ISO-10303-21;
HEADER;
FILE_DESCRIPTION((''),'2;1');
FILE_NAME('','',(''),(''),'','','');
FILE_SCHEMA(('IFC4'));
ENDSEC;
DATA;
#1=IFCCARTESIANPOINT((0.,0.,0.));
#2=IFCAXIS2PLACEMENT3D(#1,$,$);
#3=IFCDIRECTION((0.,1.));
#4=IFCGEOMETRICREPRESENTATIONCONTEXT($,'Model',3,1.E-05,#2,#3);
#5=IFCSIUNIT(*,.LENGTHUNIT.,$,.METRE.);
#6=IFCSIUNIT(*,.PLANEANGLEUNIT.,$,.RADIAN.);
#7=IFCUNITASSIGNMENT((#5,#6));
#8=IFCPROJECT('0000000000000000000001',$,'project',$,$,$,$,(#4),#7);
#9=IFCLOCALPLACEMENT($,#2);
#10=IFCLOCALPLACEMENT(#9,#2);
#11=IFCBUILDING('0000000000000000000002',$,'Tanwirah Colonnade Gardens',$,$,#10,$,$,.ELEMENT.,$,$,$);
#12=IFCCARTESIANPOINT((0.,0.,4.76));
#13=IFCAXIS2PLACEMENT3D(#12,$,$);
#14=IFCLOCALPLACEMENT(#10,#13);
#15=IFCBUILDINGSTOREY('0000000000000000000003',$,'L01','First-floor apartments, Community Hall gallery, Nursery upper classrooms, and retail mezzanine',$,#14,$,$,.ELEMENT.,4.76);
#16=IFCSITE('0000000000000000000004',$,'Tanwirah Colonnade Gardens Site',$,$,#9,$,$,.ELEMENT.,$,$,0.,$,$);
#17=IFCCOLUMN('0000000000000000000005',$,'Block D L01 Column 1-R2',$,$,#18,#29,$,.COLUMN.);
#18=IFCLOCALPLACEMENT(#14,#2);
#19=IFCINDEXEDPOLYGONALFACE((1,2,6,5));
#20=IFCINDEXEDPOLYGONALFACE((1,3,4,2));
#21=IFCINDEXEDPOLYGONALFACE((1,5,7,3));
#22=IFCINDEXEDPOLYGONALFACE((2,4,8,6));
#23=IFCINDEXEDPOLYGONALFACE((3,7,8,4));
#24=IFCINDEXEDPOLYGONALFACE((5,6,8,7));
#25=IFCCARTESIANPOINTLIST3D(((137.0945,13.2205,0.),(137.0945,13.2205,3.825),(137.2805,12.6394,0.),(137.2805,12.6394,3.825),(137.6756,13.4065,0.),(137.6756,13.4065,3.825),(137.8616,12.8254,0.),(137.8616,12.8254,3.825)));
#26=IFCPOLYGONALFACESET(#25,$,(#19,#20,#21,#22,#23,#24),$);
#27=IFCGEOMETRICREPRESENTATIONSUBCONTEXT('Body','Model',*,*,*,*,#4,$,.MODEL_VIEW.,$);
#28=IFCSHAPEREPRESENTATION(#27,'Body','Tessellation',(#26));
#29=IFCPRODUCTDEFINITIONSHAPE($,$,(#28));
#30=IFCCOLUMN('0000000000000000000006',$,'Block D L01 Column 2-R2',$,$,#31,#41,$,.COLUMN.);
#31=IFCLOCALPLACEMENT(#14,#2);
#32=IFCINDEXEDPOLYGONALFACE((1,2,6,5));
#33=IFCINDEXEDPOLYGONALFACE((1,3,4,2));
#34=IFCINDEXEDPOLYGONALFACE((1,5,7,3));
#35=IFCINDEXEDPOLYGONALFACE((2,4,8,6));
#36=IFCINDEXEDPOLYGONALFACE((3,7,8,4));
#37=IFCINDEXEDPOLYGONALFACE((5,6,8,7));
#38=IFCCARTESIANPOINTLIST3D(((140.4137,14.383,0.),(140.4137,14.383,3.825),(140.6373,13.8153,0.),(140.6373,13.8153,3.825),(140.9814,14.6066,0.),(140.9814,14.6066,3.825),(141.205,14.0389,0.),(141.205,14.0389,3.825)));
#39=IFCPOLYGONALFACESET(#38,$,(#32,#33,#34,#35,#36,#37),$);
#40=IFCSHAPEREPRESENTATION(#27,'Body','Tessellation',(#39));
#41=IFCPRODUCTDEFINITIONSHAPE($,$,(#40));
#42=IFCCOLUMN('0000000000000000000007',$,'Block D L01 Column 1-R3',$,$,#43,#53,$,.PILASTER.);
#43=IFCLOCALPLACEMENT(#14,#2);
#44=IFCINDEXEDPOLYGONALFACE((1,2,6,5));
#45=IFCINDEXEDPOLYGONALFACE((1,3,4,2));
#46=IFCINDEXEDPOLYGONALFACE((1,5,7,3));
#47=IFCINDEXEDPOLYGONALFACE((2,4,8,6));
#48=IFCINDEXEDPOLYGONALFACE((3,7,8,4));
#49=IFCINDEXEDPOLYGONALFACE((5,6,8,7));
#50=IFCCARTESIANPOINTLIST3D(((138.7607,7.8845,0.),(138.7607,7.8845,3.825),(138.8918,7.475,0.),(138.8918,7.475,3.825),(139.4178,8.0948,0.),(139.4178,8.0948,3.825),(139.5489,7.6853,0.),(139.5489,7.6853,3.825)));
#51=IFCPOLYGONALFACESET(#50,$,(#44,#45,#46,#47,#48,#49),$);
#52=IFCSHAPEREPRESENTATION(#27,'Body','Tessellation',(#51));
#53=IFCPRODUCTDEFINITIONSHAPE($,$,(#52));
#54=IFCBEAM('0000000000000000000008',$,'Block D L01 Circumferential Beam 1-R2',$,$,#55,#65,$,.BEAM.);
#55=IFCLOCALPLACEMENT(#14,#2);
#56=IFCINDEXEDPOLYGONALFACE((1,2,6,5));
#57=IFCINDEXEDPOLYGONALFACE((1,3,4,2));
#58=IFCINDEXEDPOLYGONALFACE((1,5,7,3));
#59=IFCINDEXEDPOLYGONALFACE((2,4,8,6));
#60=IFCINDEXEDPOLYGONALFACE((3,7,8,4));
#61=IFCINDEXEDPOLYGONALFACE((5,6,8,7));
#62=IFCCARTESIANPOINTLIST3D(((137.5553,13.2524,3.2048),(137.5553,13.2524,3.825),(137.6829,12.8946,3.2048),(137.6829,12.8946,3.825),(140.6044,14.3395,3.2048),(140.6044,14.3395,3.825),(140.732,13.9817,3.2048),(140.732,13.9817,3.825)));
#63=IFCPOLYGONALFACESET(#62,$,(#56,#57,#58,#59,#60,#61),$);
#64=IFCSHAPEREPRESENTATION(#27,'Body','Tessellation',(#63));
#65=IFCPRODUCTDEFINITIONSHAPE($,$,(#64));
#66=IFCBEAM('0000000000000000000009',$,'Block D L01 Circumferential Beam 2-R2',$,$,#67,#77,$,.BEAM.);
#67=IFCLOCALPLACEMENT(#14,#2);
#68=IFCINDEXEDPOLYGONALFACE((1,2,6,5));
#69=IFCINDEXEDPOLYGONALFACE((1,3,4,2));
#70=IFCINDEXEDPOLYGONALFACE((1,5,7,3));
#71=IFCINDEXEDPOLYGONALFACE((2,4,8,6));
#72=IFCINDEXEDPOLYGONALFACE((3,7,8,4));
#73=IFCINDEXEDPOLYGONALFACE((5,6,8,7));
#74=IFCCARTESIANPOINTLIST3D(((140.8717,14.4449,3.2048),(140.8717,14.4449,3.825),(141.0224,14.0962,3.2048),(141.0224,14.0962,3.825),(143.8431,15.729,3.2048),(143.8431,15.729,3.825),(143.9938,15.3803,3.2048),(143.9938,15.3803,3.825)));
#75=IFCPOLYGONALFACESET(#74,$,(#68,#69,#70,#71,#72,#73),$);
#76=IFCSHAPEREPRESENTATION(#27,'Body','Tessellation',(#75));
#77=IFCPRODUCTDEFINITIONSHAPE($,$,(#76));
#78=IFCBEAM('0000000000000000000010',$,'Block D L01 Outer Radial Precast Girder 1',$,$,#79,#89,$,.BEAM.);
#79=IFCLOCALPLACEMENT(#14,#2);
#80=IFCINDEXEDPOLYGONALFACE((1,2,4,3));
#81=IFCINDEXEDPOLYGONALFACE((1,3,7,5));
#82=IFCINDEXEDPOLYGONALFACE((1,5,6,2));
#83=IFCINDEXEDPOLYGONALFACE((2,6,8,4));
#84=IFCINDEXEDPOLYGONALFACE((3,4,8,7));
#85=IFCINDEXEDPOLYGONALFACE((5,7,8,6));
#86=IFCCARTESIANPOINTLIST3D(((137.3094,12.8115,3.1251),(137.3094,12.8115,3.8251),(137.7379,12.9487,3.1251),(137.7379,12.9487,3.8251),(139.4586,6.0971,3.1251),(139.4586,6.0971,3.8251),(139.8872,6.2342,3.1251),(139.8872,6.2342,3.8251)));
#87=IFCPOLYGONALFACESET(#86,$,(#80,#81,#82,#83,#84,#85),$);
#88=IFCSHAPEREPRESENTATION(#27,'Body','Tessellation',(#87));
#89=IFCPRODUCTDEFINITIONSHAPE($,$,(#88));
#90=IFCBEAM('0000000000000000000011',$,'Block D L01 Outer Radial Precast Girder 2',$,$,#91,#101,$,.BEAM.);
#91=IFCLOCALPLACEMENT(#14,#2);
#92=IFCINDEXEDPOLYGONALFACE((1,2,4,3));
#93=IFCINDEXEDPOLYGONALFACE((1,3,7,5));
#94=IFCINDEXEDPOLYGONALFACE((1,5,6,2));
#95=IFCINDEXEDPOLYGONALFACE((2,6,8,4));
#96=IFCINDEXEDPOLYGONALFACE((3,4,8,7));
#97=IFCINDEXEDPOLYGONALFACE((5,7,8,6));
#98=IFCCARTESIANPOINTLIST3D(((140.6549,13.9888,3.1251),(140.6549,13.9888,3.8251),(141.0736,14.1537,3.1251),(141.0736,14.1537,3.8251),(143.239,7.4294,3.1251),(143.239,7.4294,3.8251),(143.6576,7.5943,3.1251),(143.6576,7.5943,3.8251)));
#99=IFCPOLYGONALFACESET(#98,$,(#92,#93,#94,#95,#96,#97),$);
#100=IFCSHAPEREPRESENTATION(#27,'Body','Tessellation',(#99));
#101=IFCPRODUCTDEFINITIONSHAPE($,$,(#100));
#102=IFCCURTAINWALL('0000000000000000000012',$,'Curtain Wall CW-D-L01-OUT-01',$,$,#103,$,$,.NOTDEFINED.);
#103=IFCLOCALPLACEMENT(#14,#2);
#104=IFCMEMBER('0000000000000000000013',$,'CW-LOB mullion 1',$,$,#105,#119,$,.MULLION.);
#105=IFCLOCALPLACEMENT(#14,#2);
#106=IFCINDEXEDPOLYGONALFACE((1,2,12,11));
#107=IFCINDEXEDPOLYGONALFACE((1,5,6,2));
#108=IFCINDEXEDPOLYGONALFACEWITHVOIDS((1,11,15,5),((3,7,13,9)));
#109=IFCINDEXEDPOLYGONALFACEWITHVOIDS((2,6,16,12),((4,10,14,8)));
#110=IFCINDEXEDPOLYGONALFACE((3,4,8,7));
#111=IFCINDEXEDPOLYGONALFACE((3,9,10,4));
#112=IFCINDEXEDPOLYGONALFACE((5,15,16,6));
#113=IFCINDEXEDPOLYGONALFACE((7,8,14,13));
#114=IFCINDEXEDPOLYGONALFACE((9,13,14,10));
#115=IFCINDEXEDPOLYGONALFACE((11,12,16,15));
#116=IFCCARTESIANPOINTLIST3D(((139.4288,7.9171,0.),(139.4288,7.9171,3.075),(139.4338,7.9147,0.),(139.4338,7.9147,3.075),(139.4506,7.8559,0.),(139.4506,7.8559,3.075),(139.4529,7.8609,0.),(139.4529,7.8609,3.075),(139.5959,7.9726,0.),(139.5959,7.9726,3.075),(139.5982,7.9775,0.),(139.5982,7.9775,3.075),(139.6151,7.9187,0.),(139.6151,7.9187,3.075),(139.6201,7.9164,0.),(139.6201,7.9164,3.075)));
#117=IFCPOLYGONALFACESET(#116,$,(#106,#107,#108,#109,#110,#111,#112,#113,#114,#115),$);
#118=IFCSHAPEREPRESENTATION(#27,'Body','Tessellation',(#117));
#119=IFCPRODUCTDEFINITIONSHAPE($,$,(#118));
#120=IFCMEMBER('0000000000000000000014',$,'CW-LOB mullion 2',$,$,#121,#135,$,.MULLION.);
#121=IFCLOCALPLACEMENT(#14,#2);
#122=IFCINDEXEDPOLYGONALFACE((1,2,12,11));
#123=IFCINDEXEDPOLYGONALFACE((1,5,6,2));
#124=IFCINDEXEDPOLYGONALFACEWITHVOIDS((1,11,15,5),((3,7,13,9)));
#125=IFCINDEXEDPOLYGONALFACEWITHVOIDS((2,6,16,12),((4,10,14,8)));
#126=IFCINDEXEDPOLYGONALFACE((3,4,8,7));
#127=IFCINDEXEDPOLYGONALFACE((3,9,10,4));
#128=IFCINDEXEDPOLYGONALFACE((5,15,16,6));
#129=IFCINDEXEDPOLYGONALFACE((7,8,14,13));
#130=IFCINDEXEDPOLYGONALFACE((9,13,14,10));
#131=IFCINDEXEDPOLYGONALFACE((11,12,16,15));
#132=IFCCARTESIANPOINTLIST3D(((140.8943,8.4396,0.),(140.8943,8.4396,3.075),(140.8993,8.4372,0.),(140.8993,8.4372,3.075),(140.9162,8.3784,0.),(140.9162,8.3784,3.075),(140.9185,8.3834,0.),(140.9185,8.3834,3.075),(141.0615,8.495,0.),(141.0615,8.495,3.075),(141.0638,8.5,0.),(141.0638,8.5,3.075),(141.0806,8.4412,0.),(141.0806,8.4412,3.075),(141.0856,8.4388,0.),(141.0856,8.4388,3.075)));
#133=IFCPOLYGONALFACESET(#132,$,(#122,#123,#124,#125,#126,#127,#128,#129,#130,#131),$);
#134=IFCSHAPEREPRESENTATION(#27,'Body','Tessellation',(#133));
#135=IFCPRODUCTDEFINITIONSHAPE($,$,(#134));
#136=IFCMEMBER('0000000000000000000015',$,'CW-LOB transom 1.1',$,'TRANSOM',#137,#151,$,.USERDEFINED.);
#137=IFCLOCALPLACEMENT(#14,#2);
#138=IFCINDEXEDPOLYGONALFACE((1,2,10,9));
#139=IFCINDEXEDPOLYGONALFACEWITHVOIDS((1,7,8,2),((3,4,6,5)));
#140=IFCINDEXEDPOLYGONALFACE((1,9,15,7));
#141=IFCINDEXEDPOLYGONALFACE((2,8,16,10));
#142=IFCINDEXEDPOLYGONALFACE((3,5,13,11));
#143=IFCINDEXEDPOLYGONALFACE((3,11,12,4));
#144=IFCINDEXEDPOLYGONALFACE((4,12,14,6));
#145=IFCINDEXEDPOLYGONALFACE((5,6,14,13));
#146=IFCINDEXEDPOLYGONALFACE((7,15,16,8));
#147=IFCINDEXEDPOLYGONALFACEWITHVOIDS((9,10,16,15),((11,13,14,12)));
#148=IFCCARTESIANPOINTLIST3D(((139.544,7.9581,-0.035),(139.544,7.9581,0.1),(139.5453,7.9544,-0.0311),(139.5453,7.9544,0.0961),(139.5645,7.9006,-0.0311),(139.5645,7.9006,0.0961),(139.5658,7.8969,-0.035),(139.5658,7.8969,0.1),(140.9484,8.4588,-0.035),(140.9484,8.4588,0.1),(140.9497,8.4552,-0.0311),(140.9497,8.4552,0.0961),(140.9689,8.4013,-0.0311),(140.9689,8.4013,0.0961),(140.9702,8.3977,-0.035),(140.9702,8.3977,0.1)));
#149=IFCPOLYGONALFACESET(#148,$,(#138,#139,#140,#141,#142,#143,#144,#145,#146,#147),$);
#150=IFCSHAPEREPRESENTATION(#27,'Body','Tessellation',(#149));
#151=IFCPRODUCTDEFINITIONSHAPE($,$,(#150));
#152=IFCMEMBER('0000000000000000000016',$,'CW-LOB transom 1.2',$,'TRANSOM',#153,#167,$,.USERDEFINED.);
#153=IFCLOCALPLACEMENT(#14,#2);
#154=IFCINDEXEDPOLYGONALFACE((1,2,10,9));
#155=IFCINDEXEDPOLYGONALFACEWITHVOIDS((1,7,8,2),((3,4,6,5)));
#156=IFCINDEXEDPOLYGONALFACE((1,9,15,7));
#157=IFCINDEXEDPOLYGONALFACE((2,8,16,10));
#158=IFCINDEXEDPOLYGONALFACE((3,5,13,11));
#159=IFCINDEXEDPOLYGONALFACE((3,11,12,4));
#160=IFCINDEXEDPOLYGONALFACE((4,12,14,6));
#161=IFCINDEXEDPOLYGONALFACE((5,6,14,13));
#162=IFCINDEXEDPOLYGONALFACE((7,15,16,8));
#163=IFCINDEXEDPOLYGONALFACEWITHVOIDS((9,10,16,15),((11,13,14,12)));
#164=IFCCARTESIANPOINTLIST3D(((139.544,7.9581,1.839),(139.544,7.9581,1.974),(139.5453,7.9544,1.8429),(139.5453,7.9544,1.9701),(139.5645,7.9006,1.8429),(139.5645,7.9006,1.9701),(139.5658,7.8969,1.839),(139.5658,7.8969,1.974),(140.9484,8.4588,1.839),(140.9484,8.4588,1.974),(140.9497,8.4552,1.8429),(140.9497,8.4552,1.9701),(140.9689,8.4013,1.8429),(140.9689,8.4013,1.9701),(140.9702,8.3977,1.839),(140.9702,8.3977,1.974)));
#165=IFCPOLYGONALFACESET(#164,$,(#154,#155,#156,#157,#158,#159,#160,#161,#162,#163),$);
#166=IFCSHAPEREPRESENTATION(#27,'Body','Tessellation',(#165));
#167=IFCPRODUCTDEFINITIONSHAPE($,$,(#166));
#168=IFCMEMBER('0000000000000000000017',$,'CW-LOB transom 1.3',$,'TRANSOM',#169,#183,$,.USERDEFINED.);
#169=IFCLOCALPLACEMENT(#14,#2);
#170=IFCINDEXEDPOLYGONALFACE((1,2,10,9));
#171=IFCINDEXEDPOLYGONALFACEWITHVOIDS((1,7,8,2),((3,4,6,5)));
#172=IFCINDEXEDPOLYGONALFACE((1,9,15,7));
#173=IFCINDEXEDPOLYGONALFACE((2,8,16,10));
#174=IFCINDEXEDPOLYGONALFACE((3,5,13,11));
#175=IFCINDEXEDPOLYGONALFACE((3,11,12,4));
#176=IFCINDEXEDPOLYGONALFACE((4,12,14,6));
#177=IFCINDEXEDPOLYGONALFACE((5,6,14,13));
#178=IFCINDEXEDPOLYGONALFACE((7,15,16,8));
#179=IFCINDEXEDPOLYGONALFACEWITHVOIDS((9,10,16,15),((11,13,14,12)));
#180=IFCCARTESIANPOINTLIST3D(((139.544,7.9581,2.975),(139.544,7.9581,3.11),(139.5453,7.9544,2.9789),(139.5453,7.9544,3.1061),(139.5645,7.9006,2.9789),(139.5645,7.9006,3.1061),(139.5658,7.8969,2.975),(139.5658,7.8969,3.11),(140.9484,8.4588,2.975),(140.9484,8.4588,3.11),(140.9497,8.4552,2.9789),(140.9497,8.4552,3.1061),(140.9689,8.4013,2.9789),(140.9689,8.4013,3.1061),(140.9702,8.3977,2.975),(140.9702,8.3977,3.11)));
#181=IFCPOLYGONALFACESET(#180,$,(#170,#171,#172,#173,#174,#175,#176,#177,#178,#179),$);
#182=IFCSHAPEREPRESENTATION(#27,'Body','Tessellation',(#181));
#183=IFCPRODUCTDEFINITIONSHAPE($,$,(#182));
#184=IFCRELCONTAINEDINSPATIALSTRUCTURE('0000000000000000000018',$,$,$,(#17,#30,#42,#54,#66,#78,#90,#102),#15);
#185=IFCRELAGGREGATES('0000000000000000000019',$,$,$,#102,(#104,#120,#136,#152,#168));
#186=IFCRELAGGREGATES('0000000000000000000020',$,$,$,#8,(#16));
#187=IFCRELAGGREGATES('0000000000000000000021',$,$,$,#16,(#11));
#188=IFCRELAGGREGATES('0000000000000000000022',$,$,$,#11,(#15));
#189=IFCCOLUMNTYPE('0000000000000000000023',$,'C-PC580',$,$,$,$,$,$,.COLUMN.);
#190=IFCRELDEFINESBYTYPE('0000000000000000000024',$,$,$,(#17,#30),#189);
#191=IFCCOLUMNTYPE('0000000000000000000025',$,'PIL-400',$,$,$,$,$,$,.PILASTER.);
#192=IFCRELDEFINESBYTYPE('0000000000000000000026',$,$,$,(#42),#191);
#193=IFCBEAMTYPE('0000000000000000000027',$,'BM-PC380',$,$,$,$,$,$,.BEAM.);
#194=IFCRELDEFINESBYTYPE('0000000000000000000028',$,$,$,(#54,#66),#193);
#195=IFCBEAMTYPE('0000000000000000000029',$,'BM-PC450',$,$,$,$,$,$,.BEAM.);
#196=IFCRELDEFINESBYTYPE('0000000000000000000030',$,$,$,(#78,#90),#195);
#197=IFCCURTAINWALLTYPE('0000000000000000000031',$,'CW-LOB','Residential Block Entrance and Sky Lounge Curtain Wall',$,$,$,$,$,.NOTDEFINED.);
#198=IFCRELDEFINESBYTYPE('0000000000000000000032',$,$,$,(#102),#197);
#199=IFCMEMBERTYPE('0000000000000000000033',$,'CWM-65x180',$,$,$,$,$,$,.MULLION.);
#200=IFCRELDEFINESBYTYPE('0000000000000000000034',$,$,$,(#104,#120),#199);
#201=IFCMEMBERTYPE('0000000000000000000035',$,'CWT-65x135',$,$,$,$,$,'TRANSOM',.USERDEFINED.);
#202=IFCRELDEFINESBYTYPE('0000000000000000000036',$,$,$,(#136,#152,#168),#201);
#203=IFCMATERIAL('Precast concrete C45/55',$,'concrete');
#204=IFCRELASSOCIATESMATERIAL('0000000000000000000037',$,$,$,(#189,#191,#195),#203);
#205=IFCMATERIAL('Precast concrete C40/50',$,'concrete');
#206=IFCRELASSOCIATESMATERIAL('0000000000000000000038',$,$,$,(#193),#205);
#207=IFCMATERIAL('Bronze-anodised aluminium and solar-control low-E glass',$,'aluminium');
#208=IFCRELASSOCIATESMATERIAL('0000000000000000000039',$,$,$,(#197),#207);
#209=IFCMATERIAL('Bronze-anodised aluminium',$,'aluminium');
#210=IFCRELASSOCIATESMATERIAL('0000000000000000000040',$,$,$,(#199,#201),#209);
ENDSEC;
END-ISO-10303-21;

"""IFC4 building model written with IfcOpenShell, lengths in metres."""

from ifc_helpers import new_model, si_unit, direction, frame, origin, origin_2d, place, context, subcontext, project, spatial, rectangle, hollow_rectangle, extrude, material, material_profile, profile_set, type_object, element, aggregate, save


model = new_model("IFC4")

# Units and contexts
model_context = context("Model", 3, precision=1e-05, world=origin(), true_north=direction((0.0, 1.0)))
body_context = subcontext(model_context, "Body", "Model", "MODEL_VIEW")
ifc_project = project(units=[si_unit("LENGTHUNIT", "METRE"), si_unit("PLANEANGLEUNIT", "RADIAN")], contexts=[model_context])

# Site, building, storey
site_placement = place(None, origin())
site = spatial("IfcSite", under=ifc_project, at=site_placement, Name="Tanwirah Colonnade Gardens Site", CompositionType="ELEMENT", RefElevation=0.0)
building_placement = place(site_placement, origin())
building = spatial("IfcBuilding", under=site, at=building_placement, Name="Tanwirah Colonnade Gardens", CompositionType="ELEMENT")
storey_placement = place(building_placement, frame((0.0, 0.0, 4.76)))
storey = spatial("IfcBuildingStorey", under=building, at=storey_placement, Name="L01", Description="First-floor apartments, Community Hall gallery, Nursery upper classrooms, and retail mezzanine", CompositionType="ELEMENT", Elevation=4.76)

# Columns
ifc_material_1 = material(Name="Precast concrete C45/55", Category="concrete")
ifc_material_profile_1 = material_profile(ifc_material_1, rectangle(XDim=0.6101, YDim=0.6101, at=origin_2d()), Name="PC-COL 610x610")
ifc_profile_set_1 = profile_set([ifc_material_profile_1], Name="Precast concrete C45/55")
column_type_1 = type_object("IfcColumnType", Name="C-PC580", PredefinedType="COLUMN", material=ifc_profile_set_1)
for number, where, z_axis, x_axis, name in (
    (1, (137.478, 13.0229, 0.0), (0.0, 0.0, 1.0), (0.304864, -0.952396, 0.0), "Block D L01 Column 1-R2"),
    (2, (140.8093, 14.2109, 0.0), (0.0, 0.0, 1.0), (0.366501, -0.930418, 0.0), "Block D L01 Column 2-R2"),
):
    element("IfcColumn", number, at=place(storey_placement, frame(where, z_axis=z_axis, x_axis=x_axis)), inside=storey, type_object=column_type_1, Name=name, PredefinedType="COLUMN", context=body_context, shape_type="SweptSolid", body=[
        extrude(rectangle(XDim=0.6101, YDim=0.6101, at=origin_2d()), origin(), (0.0, 0.0, 1.0), 3.825),
    ])
ifc_material_profile_2 = material_profile(ifc_material_1, rectangle(XDim=0.4299, YDim=0.6899, at=origin_2d()), Name="PC-PIL 430x690")
ifc_profile_set_2 = profile_set([ifc_material_profile_2], Name="Precast concrete C45/55")
column_type_2 = type_object("IfcColumnType", Name="PIL-400", PredefinedType="PILASTER", material=ifc_profile_set_2)
column_placement = place(storey_placement, frame((139.1548, 7.7849, 0.0), z_axis=(0.0, 0.0, 1.0), x_axis=(0.304864, -0.952396, 0.0)))
element("IfcColumn", 3, at=column_placement, inside=storey, type_object=column_type_2, Name="Block D L01 Column 1-R3", PredefinedType="PILASTER", context=body_context, shape_type="SweptSolid", body=[
    extrude(rectangle(XDim=0.4299, YDim=0.6899, at=origin_2d()), origin(), (0.0, 0.0, 1.0), 3.825),
])

# Beams
ifc_material_2 = material(Name="Precast concrete C40/50", Category="concrete")
ifc_material_profile_3 = material_profile(ifc_material_2, rectangle(XDim=0.3799, YDim=0.6201, at=origin_2d()), Name="PC-BM 380x620")
ifc_profile_set_3 = profile_set([ifc_material_profile_3], Name="Precast concrete C40/50")
beam_type_1 = type_object("IfcBeamType", Name="BM-PC380", PredefinedType="BEAM", material=ifc_profile_set_3)
for number, where, z_axis, x_axis, name in (
    (4, (137.6191, 13.0735, 3.5149), (0.941918, 0.335844, 0.0), (-0.335844, 0.941918, 0.0), "Block D L01 Circumferential Beam 1-R2"),
    (5, (140.947, 14.2705, 3.5149), (0.917943, 0.396712, 0.0), (-0.396712, 0.917943, 0.0), "Block D L01 Circumferential Beam 2-R2"),
):
    element("IfcBeam", number, at=place(storey_placement, frame(where, z_axis=z_axis, x_axis=x_axis)), inside=storey, type_object=beam_type_1, Name=name, PredefinedType="BEAM", context=body_context, shape_type="SweptSolid", body=[
        extrude(rectangle(XDim=0.3799, YDim=0.6201, at=origin_2d()), origin(), (0.0, 0.0, 1.0), 3.2371),
    ])
ifc_material_profile_4 = material_profile(ifc_material_1, rectangle(XDim=0.45, YDim=0.7, at=origin_2d()), Name="PC-BM 450x700")
ifc_profile_set_4 = profile_set([ifc_material_profile_4], Name="Precast concrete C45/55")
beam_type_2 = type_object("IfcBeamType", Name="BM-PC450", PredefinedType="BEAM", material=ifc_profile_set_4)
for number, where, z_axis, x_axis, name in (
    (6, (137.5237, 12.8801, 3.4751), (0.30485, -0.9524, 0.0), (0.9524, 0.30485, 0.0), "Block D L01 Outer Radial Precast Girder 1"),
    (7, (140.8643, 14.0713, 3.4751), (0.366525, -0.930408, 0.0), (0.930408, 0.366525, 0.0), "Block D L01 Outer Radial Precast Girder 2"),
):
    element("IfcBeam", number, at=place(storey_placement, frame(where, z_axis=z_axis, x_axis=x_axis)), inside=storey, type_object=beam_type_2, Name=name, PredefinedType="BEAM", context=body_context, shape_type="SweptSolid", body=[
        extrude(rectangle(XDim=0.45, YDim=0.7, at=origin_2d()), origin(), (0.0, 0.0, 1.0), 7.05),
    ])

# Curtain wall, members
ifc_material_3 = material(Name="Bronze-anodised aluminium and solar-control low-E glass", Category="aluminium")
curtain_wall_type = type_object("IfcCurtainWallType", Name="CW-LOB", Description="Residential Block Entrance and Sky Lounge Curtain Wall", PredefinedType="NOTDEFINED", material=ifc_material_3)
curtain_wall_placement = place(storey_placement, origin())
curtain_wall = element("IfcCurtainWall", 8, at=curtain_wall_placement, inside=storey, type_object=curtain_wall_type, Name="Curtain Wall CW-D-L01-OUT-01", PredefinedType="NOTDEFINED")
ifc_material_4 = material(Name="Bronze-anodised aluminium", Category="aluminium")
ifc_material_profile_5 = material_profile(ifc_material_4, hollow_rectangle(XDim=0.0649, YDim=0.1799, WallThickness=0.0039, at=origin_2d()), Name="CW-MUL 65x180x4")
ifc_profile_set_5 = profile_set([ifc_material_profile_5], Name="Bronze-anodised aluminium")
member_type_1 = type_object("IfcMemberType", Name="CWM-65x180", PredefinedType="MULLION", material=ifc_profile_set_5)
member_1_placement = place(storey_placement, frame((139.5244, 7.9167, 0.0), z_axis=(0.0, 0.0, 1.0), x_axis=(-0.335862, 0.941911, 0.0)))
member_1 = element("IfcMember", 9, at=member_1_placement, type_object=member_type_1, Name="CW-LOB mullion 1", PredefinedType="MULLION", context=body_context, shape_type="SweptSolid", body=[
    extrude(hollow_rectangle(XDim=0.0649, YDim=0.1799, WallThickness=0.0039, at=origin_2d()), origin(), (0.0, 0.0, 1.0), 3.075),
])
member_2_placement = place(storey_placement, frame((140.99, 8.4392, 0.0), z_axis=(0.0, 0.0, 1.0), x_axis=(-0.335862, 0.941911, 0.0)))
member_2 = element("IfcMember", 10, at=member_2_placement, type_object=member_type_1, Name="CW-LOB mullion 2", PredefinedType="MULLION", context=body_context, shape_type="SweptSolid", body=[
    extrude(hollow_rectangle(XDim=0.0649, YDim=0.1799, WallThickness=0.0039, at=origin_2d()), origin(), (0.0, 0.0, 1.0), 3.075),
])
ifc_material_profile_6 = material_profile(ifc_material_4, hollow_rectangle(XDim=0.0649, YDim=0.135, WallThickness=0.0039, at=origin_2d()), Name="CW-TRN 65x135x4")
ifc_profile_set_6 = profile_set([ifc_material_profile_6], Name="Bronze-anodised aluminium")
member_type_2 = type_object("IfcMemberType", Name="CWT-65x135", ElementType="TRANSOM", PredefinedType="USERDEFINED", material=ifc_profile_set_6)
member_3_placement = place(storey_placement, frame((139.5549, 7.9275, 0.0325), z_axis=(0.941912, 0.335859, 0.0), x_axis=(-0.335859, 0.941912, 0.0)))
member_3 = element("IfcMember", 11, at=member_3_placement, type_object=member_type_2, Name="CW-LOB transom 1.1", ObjectType="TRANSOM", PredefinedType="USERDEFINED", context=body_context, shape_type="SweptSolid", body=[
    extrude(hollow_rectangle(XDim=0.0649, YDim=0.135, WallThickness=0.0039, at=origin_2d()), origin(), (0.0, 0.0, 1.0), 1.491),
])
member_4_placement = place(storey_placement, frame((139.5549, 7.9275, 1.9065), z_axis=(0.941912, 0.335859, 0.0), x_axis=(-0.335859, 0.941912, 0.0)))
member_4 = element("IfcMember", 12, at=member_4_placement, type_object=member_type_2, Name="CW-LOB transom 1.2", ObjectType="TRANSOM", PredefinedType="USERDEFINED", context=body_context, shape_type="SweptSolid", body=[
    extrude(hollow_rectangle(XDim=0.0649, YDim=0.135, WallThickness=0.0039, at=origin_2d()), origin(), (0.0, 0.0, 1.0), 1.491),
])
member_5_placement = place(storey_placement, frame((139.5549, 7.9275, 3.0425), z_axis=(0.941912, 0.335859, 0.0), x_axis=(-0.335859, 0.941912, 0.0)))
member_5 = element("IfcMember", 13, at=member_5_placement, type_object=member_type_2, Name="CW-LOB transom 1.3", ObjectType="TRANSOM", PredefinedType="USERDEFINED", context=body_context, shape_type="SweptSolid", body=[
    extrude(hollow_rectangle(XDim=0.0649, YDim=0.135, WallThickness=0.0039, at=origin_2d()), origin(), (0.0, 0.0, 1.0), 1.491),
])

aggregate(curtain_wall, [member_1, member_2, member_3, member_4, member_5])

save(model, "model.ifc")
